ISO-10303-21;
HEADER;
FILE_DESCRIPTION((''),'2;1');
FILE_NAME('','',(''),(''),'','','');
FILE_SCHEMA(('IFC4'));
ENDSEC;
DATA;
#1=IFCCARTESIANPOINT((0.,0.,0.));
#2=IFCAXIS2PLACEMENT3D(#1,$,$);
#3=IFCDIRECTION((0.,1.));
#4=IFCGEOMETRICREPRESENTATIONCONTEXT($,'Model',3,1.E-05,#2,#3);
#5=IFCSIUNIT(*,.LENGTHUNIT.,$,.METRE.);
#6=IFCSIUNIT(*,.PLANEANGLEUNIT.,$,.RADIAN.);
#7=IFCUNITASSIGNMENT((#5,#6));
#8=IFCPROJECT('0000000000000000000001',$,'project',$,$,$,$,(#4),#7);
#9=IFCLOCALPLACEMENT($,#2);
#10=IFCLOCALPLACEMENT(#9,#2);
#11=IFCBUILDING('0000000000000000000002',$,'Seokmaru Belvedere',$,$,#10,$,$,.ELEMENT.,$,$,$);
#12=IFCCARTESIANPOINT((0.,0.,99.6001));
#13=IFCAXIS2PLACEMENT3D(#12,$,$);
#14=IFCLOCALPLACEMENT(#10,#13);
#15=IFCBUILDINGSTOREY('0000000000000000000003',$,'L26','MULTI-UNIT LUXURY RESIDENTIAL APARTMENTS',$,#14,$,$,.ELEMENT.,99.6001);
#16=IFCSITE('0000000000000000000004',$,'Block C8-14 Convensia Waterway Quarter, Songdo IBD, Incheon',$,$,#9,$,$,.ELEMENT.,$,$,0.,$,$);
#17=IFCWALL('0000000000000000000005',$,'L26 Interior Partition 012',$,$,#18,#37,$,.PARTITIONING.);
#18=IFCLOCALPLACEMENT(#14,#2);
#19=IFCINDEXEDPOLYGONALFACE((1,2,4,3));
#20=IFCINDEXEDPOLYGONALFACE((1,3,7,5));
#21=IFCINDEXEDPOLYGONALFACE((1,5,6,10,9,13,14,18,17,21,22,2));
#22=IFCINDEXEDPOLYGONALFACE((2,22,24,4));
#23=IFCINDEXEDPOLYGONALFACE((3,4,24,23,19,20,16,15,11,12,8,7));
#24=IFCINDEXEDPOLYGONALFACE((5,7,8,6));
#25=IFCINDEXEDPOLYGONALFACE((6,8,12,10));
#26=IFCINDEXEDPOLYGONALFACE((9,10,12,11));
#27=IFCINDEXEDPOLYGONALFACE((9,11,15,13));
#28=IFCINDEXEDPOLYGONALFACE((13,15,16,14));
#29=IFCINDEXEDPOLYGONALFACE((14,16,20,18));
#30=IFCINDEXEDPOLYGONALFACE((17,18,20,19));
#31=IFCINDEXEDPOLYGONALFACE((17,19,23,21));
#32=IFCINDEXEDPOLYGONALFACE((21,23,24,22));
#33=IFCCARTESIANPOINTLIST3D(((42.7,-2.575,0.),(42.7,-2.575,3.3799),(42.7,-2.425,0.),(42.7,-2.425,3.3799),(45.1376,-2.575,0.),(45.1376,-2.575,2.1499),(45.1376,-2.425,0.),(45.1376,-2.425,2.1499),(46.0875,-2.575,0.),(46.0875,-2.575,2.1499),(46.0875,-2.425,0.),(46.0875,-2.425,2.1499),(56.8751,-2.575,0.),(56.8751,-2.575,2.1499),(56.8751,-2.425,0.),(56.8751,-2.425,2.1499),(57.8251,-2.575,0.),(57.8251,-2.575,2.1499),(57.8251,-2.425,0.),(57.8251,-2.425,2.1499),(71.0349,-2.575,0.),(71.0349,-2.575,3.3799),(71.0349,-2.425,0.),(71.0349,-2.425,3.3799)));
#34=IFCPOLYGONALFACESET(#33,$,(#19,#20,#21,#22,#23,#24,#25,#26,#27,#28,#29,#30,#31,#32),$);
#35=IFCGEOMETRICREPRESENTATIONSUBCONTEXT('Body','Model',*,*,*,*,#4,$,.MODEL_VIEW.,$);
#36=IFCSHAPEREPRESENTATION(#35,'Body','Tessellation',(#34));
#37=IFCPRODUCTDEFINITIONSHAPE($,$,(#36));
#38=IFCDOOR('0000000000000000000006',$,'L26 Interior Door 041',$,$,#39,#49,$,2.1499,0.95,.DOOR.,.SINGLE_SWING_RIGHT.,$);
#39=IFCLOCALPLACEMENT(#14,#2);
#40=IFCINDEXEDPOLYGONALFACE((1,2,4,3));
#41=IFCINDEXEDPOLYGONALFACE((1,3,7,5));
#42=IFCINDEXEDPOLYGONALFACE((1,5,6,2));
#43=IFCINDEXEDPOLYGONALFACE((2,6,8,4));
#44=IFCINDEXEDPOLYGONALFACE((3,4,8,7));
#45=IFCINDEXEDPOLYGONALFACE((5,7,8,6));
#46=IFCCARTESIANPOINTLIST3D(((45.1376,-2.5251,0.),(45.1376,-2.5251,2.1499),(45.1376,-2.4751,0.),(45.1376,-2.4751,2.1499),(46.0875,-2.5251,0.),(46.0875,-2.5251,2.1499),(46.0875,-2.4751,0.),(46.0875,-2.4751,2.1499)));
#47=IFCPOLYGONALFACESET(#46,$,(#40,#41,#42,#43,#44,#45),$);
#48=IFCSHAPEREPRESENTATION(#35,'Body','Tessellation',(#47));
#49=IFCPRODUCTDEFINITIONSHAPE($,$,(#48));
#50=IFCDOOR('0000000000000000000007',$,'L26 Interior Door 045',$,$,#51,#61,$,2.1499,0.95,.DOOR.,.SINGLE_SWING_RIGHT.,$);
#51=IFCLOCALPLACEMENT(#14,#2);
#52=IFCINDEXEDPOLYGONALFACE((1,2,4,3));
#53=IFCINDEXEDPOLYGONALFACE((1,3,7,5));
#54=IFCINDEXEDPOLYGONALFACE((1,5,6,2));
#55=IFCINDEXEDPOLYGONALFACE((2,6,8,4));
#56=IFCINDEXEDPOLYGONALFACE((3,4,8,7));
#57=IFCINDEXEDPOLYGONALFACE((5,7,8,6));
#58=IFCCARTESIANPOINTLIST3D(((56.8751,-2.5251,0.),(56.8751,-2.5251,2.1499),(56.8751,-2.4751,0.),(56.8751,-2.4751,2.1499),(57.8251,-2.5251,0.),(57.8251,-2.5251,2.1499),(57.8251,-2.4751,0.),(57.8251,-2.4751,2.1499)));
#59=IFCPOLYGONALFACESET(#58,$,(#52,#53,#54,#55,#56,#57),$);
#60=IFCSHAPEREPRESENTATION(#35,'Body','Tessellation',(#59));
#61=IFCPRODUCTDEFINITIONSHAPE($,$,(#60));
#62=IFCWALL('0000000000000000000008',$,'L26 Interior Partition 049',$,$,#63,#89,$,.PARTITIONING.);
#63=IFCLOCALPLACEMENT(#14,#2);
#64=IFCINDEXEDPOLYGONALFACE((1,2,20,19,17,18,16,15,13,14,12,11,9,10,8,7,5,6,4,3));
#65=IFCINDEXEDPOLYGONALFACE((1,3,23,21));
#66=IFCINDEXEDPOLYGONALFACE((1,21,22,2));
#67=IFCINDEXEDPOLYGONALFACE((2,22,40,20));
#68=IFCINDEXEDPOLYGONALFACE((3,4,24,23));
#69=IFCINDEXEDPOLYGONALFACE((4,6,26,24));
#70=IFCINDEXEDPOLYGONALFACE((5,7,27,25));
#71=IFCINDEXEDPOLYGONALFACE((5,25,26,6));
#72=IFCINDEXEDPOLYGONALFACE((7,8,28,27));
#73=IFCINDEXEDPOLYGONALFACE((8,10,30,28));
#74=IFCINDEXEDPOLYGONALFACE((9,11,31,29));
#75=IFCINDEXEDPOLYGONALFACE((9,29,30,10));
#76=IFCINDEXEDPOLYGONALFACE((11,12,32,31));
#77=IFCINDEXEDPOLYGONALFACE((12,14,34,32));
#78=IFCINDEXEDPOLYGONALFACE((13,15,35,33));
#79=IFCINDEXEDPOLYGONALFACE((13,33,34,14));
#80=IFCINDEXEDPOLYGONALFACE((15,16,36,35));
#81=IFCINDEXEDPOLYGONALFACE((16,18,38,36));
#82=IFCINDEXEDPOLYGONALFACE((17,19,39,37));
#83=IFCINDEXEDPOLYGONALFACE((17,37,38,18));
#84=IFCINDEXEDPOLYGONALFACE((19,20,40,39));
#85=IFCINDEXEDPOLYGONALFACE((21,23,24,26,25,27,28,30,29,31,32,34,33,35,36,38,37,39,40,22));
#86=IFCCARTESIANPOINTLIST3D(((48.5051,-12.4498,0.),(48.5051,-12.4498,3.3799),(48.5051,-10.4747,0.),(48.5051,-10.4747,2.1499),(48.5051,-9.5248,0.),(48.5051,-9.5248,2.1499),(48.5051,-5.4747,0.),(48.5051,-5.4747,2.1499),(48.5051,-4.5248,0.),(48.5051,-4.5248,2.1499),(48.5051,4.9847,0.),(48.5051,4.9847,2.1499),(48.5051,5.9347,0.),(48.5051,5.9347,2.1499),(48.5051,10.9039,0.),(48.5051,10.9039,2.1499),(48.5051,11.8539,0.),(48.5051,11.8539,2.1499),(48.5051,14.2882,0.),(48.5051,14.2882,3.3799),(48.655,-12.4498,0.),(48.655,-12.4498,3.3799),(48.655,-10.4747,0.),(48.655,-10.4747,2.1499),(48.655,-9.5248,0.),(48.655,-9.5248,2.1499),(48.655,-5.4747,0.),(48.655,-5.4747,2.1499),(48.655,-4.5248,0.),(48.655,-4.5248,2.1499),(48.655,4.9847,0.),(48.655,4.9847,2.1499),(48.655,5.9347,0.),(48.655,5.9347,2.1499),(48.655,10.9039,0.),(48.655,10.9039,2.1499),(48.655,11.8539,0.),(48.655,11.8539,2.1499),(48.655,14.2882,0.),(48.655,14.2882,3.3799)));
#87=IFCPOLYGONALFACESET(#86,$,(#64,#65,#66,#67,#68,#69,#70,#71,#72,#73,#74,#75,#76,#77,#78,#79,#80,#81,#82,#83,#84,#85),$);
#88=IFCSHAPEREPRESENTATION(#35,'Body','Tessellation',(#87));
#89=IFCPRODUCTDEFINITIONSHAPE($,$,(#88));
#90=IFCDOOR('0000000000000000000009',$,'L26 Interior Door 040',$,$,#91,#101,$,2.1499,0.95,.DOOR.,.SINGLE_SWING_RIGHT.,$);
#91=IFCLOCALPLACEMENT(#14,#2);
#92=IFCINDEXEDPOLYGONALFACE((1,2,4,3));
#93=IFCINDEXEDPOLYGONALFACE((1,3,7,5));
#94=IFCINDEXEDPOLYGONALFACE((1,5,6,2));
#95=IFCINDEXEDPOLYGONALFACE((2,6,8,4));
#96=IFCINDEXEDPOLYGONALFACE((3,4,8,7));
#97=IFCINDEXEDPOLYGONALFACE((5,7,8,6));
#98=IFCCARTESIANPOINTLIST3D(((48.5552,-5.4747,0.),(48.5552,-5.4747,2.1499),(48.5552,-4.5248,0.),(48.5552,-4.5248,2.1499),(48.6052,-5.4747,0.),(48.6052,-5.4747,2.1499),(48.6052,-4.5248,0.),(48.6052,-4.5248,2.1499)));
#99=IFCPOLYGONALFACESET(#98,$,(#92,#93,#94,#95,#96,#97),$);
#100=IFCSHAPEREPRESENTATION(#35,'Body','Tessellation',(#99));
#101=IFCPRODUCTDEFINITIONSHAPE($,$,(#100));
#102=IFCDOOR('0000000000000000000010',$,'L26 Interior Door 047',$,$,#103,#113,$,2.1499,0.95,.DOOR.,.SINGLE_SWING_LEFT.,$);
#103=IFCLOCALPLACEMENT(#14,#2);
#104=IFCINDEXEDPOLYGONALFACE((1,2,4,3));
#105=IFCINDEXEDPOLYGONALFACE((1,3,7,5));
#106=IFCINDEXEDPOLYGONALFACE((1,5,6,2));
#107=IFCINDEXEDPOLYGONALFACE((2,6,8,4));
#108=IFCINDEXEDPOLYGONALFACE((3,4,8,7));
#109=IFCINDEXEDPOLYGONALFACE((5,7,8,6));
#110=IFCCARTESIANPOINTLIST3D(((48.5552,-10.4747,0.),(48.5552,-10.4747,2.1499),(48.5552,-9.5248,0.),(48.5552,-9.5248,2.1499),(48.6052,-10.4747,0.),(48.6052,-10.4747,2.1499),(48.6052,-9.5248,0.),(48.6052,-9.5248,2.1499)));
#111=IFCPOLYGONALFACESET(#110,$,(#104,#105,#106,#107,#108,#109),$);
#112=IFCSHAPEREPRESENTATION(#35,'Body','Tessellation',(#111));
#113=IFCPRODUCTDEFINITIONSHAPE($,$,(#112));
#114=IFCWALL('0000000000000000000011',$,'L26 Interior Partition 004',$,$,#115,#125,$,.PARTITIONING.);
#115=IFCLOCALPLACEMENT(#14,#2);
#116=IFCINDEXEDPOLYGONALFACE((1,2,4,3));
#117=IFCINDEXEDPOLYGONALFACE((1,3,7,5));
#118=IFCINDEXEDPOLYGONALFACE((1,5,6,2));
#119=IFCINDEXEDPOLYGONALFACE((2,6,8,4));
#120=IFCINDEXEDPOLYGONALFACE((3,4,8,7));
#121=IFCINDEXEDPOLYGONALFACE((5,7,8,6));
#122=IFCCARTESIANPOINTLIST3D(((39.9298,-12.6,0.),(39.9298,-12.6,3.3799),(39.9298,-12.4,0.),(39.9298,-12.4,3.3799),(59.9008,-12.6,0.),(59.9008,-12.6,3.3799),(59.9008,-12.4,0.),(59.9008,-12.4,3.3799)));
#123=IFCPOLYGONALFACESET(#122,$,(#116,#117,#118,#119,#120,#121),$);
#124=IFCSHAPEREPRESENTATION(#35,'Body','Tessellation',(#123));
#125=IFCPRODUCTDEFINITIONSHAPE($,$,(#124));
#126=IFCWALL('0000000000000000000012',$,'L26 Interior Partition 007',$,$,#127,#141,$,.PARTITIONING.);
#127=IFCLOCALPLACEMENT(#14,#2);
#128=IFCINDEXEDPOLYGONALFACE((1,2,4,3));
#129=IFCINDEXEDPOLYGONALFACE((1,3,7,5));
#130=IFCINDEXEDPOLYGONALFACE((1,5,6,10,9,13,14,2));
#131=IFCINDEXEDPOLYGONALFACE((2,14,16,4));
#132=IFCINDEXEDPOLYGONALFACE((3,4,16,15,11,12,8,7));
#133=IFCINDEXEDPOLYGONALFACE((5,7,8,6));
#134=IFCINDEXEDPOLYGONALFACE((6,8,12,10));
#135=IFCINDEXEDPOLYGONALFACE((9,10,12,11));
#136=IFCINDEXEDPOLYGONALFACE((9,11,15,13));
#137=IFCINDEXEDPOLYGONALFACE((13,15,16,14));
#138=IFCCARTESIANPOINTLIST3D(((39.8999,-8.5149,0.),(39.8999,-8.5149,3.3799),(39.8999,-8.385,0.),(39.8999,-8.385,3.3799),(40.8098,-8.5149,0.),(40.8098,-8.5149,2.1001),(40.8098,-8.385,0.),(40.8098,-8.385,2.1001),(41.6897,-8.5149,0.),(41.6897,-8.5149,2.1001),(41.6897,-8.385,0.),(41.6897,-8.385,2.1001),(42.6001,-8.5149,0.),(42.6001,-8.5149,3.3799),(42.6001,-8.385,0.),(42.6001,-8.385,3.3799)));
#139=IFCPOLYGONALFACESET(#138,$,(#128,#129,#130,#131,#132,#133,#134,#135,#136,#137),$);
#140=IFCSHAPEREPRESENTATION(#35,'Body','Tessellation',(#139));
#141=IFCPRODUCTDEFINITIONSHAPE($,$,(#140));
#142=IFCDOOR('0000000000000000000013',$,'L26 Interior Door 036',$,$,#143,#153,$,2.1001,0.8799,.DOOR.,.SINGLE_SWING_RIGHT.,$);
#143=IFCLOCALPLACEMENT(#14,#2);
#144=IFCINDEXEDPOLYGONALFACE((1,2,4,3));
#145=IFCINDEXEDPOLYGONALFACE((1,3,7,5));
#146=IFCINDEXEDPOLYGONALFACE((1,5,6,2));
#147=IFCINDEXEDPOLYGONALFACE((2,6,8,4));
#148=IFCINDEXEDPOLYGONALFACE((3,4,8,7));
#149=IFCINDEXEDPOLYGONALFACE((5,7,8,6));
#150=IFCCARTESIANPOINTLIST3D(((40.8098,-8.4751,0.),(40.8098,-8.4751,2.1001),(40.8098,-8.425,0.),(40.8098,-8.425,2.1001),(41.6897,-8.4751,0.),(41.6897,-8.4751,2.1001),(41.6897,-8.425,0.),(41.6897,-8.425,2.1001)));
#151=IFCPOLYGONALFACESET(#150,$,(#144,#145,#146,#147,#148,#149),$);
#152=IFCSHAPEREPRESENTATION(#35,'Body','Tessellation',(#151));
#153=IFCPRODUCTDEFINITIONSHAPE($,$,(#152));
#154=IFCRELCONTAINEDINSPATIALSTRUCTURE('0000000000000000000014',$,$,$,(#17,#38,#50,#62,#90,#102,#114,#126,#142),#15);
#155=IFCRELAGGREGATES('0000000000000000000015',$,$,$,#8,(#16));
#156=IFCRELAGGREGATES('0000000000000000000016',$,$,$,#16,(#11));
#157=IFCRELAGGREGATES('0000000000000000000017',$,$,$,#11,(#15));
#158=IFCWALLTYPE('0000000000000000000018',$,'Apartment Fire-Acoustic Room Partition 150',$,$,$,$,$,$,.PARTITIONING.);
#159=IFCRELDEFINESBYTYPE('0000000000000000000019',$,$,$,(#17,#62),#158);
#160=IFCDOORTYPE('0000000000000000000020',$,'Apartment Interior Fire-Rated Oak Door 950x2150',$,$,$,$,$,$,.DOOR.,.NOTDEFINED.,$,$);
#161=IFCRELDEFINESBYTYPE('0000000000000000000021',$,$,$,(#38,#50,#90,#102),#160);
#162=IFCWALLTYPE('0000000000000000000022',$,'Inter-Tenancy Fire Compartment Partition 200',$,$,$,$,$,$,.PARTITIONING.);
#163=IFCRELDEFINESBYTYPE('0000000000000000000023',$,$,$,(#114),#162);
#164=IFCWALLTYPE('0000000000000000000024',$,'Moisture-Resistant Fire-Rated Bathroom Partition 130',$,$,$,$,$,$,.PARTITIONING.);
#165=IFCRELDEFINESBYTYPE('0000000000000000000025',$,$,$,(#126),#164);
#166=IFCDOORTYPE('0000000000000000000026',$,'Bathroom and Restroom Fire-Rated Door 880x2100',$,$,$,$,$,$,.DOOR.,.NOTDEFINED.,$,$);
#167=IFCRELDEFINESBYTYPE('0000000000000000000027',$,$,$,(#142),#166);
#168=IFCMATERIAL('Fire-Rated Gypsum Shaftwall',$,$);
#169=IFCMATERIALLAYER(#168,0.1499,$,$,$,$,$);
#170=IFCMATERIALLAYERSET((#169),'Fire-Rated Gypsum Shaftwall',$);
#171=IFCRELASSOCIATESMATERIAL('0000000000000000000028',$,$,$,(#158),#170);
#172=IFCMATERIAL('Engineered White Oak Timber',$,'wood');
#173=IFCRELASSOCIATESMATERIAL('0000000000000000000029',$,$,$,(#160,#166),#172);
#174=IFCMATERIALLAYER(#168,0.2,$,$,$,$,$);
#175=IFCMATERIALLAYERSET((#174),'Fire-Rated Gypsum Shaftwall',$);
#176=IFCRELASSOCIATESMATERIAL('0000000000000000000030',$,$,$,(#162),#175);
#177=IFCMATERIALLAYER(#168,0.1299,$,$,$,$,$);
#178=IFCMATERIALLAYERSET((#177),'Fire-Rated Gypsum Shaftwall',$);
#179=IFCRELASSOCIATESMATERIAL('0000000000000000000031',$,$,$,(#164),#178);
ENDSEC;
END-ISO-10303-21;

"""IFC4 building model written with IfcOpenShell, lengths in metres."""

from ifc_helpers import new_model, si_unit, direction, frame, frame_2d, origin, place, context, subcontext, project, spatial, rectangle, extrude, source, transform, mapped, material, layer, layer_set, type_object, type_shapes, element, fill, save


model = new_model("IFC4")

# Units and contexts
model_context = context("Model", 3, precision=1e-05, world=origin(), true_north=direction((0.0, 1.0)))
body_context = subcontext(model_context, "Body", "Model", "MODEL_VIEW")
ifc_project = project(units=[si_unit("LENGTHUNIT", "METRE"), si_unit("PLANEANGLEUNIT", "RADIAN")], contexts=[model_context])

# Site, building, storey
site_placement = place(None, origin())
site = spatial("IfcSite", under=ifc_project, at=site_placement, Name="Block C8-14 Convensia Waterway Quarter, Songdo IBD, Incheon", CompositionType="ELEMENT", RefElevation=0.0)
building_placement = place(site_placement, origin())
building = spatial("IfcBuilding", under=site, at=building_placement, Name="Seokmaru Belvedere", CompositionType="ELEMENT")
storey_placement = place(building_placement, frame((0.0, 0.0, 99.6001)))
storey = spatial("IfcBuildingStorey", under=building, at=storey_placement, Name="L26", Description="MULTI-UNIT LUXURY RESIDENTIAL APARTMENTS", CompositionType="ELEMENT", Elevation=99.6001)

# Walls, openings, doors
ifc_material_1 = material(Name="Fire-Rated Gypsum Shaftwall")
ifc_layer_1 = layer(ifc_material_1, 0.1499)
ifc_layer_set_1 = layer_set([ifc_layer_1], Name="Fire-Rated Gypsum Shaftwall")
wall_type_1 = type_object("IfcWallType", Name="Apartment Fire-Acoustic Room Partition 150", PredefinedType="PARTITIONING", material=ifc_layer_set_1)
ifc_material_2 = material(Name="Engineered White Oak Timber", Category="wood")
door_type_1 = type_object("IfcDoorType", Name="Apartment Interior Fire-Rated Oak Door 950x2150", OperationType="NOTDEFINED", PredefinedType="DOOR", material=ifc_material_2)
shared_shape_1 = source(origin(), body_context, "Body", "SweptSolid", [
    extrude(rectangle(XDim=0.95, YDim=2.1499, at=frame_2d((0.4751, 1.075))), frame((0.0, 0.0249, 0.0), z_axis=(0.0, -1.0, 0.0), x_axis=(1.0, 0.0, 0.0)), (0.0, 0.0, 1.0), 0.05),
])
type_shapes(door_type_1, [shared_shape_1])
wall_1_placement = place(storey_placement, frame((42.7, -2.5, 0.0), z_axis=(0.0, 0.0, 1.0), x_axis=(1.0, 0.0, 0.0)))
wall_1 = element("IfcWall", 1, at=wall_1_placement, inside=storey, type_object=wall_type_1, Name="L26 Interior Partition 012", PredefinedType="PARTITIONING", context=body_context, shape_type="SweptSolid", body=[
    extrude(rectangle(XDim=28.335, YDim=0.1499, at=frame_2d((14.1675, 0.0))), origin(), (0.0, 0.0, 1.0), 3.3799),
])
opening_1_placement = place(wall_1_placement, frame((2.4375, 0.0, 0.0)))
opening_1 = element("IfcOpeningElement", 2, at=opening_1_placement, cuts=wall_1, PredefinedType="OPENING", context=body_context, shape_type="SweptSolid", body=[
    extrude(rectangle(XDim=0.95, YDim=2.1499, at=frame_2d((0.4751, 1.075))), frame((0.0, 0.085, 0.0), z_axis=(0.0, -1.0, 0.0), x_axis=(1.0, 0.0, 0.0)), (0.0, 0.0, 1.0), 0.1699),
])
opening_2_placement = place(wall_1_placement, frame((14.175, 0.0, 0.0)))
opening_2 = element("IfcOpeningElement", 3, at=opening_2_placement, cuts=wall_1, PredefinedType="OPENING", context=body_context, shape_type="SweptSolid", body=[
    extrude(rectangle(XDim=0.95, YDim=2.1499, at=frame_2d((0.4751, 1.075))), frame((0.0, 0.085, 0.0), z_axis=(0.0, -1.0, 0.0), x_axis=(1.0, 0.0, 0.0)), (0.0, 0.0, 1.0), 0.1699),
])
door_1_placement = place(opening_1_placement, origin())
door_1 = element("IfcDoor", 4, at=door_1_placement, inside=storey, type_object=door_type_1, Name="L26 Interior Door 041", OperationType="SINGLE_SWING_RIGHT", OverallHeight=2.1499, OverallWidth=0.95, PredefinedType="DOOR", context=body_context, shape_type="MappedRepresentation", body=[
    mapped(shared_shape_1, transform((0.0, 0.0, 0.0), scale=1.0)),
])
fill(opening_1, door_1)
door_2_placement = place(opening_2_placement, origin())
door_2 = element("IfcDoor", 5, at=door_2_placement, inside=storey, type_object=door_type_1, Name="L26 Interior Door 045", OperationType="SINGLE_SWING_RIGHT", OverallHeight=2.1499, OverallWidth=0.95, PredefinedType="DOOR", context=body_context, shape_type="MappedRepresentation", body=[
    mapped(shared_shape_1, transform((0.0, 0.0, 0.0), scale=1.0)),
])
fill(opening_2, door_2)
wall_2_placement = place(storey_placement, frame((48.5801, -12.45, 0.0), z_axis=(0.0, 0.0, 1.0), x_axis=(0.0, 1.0, 0.0)))
wall_2 = element("IfcWall", 6, at=wall_2_placement, inside=storey, type_object=wall_type_1, Name="L26 Interior Partition 049", PredefinedType="PARTITIONING", context=body_context, shape_type="SweptSolid", body=[
    extrude(rectangle(XDim=26.738, YDim=0.1499, at=frame_2d((13.3691, 0.0))), origin(), (0.0, 0.0, 1.0), 3.3799),
])
opening_3_placement = place(wall_2_placement, frame((6.9751, 0.0, 0.0)))
opening_3 = element("IfcOpeningElement", 7, at=opening_3_placement, cuts=wall_2, PredefinedType="OPENING", context=body_context, shape_type="SweptSolid", body=[
    extrude(rectangle(XDim=0.95, YDim=2.1499, at=frame_2d((0.4751, 1.075))), frame((0.0, 0.085, 0.0), z_axis=(0.0, -1.0, 0.0), x_axis=(1.0, 0.0, 0.0)), (0.0, 0.0, 1.0), 0.1699),
])
opening_4_placement = place(wall_2_placement, frame((1.9751, 0.0, 0.0)))
opening_4 = element("IfcOpeningElement", 8, at=opening_4_placement, cuts=wall_2, PredefinedType="OPENING", context=body_context, shape_type="SweptSolid", body=[
    extrude(rectangle(XDim=0.95, YDim=2.1499, at=frame_2d((0.4751, 1.075))), frame((0.0, 0.085, 0.0), z_axis=(0.0, -1.0, 0.0), x_axis=(1.0, 0.0, 0.0)), (0.0, 0.0, 1.0), 0.1699),
])
opening_5_placement = place(wall_2_placement, frame((23.3538, 0.0, 0.0)))
element("IfcOpeningElement", 9, at=opening_5_placement, cuts=wall_2, PredefinedType="OPENING", context=body_context, shape_type="SweptSolid", body=[
    extrude(rectangle(XDim=0.95, YDim=2.1499, at=frame_2d((0.4751, 1.075))), frame((0.0, 0.085, 0.0), z_axis=(0.0, -1.0, 0.0), x_axis=(1.0, 0.0, 0.0)), (0.0, 0.0, 1.0), 0.1699),
])
opening_6_placement = place(wall_2_placement, frame((17.4346, 0.0, 0.0)))
element("IfcOpeningElement", 10, at=opening_6_placement, cuts=wall_2, PredefinedType="OPENING", context=body_context, shape_type="SweptSolid", body=[
    extrude(rectangle(XDim=0.95, YDim=2.1499, at=frame_2d((0.4751, 1.075))), frame((0.0, 0.085, 0.0), z_axis=(0.0, -1.0, 0.0), x_axis=(1.0, 0.0, 0.0)), (0.0, 0.0, 1.0), 0.1699),
])
door_3_placement = place(opening_3_placement, origin())
door_3 = element("IfcDoor", 11, at=door_3_placement, inside=storey, type_object=door_type_1, Name="L26 Interior Door 040", OperationType="SINGLE_SWING_RIGHT", OverallHeight=2.1499, OverallWidth=0.95, PredefinedType="DOOR", context=body_context, shape_type="MappedRepresentation", body=[
    mapped(shared_shape_1, transform((0.0, 0.0, 0.0), scale=1.0)),
])
fill(opening_3, door_3)
door_4_placement = place(opening_4_placement, origin())
door_4 = element("IfcDoor", 12, at=door_4_placement, inside=storey, type_object=door_type_1, Name="L26 Interior Door 047", OperationType="SINGLE_SWING_LEFT", OverallHeight=2.1499, OverallWidth=0.95, PredefinedType="DOOR", context=body_context, shape_type="MappedRepresentation", body=[
    mapped(shared_shape_1, transform((0.0, 0.0, 0.0), scale=1.0)),
])
fill(opening_4, door_4)

# Wall
ifc_layer_2 = layer(ifc_material_1, 0.2)
ifc_layer_set_2 = layer_set([ifc_layer_2], Name="Fire-Rated Gypsum Shaftwall")
wall_type_2 = type_object("IfcWallType", Name="Inter-Tenancy Fire Compartment Partition 200", PredefinedType="PARTITIONING", material=ifc_layer_set_2)
wall_3_placement = place(storey_placement, frame((39.9299, -12.5, 0.0), z_axis=(0.0, 0.0, 1.0), x_axis=(1.0, 0.0, 0.0)))
element("IfcWall", 13, at=wall_3_placement, inside=storey, type_object=wall_type_2, Name="L26 Interior Partition 004", PredefinedType="PARTITIONING", context=body_context, shape_type="SweptSolid", body=[
    extrude(rectangle(XDim=19.9709, YDim=0.2, at=frame_2d((9.9854, 0.0))), origin(), (0.0, 0.0, 1.0), 3.3799),
])

# Wall, opening, door
ifc_layer_3 = layer(ifc_material_1, 0.1299)
ifc_layer_set_3 = layer_set([ifc_layer_3], Name="Fire-Rated Gypsum Shaftwall")
wall_type_3 = type_object("IfcWallType", Name="Moisture-Resistant Fire-Rated Bathroom Partition 130", PredefinedType="PARTITIONING", material=ifc_layer_set_3)
wall_4_placement = place(storey_placement, frame((39.8999, -8.45, 0.0), z_axis=(0.0, 0.0, 1.0), x_axis=(1.0, 0.0, 0.0)))
wall_4 = element("IfcWall", 14, at=wall_4_placement, inside=storey, type_object=wall_type_3, Name="L26 Interior Partition 007", PredefinedType="PARTITIONING", context=body_context, shape_type="SweptSolid", body=[
    extrude(rectangle(XDim=2.7002, YDim=0.1299, at=frame_2d((1.3501, 0.0))), origin(), (0.0, 0.0, 1.0), 3.3799),
])
opening_7_placement = place(wall_4_placement, frame((0.9099, 0.0, 0.0)))
opening_7 = element("IfcOpeningElement", 15, at=opening_7_placement, cuts=wall_4, PredefinedType="OPENING", context=body_context, shape_type="SweptSolid", body=[
    extrude(rectangle(XDim=0.8799, YDim=2.1001, at=frame_2d((0.4399, 1.05))), frame((0.0, 0.075, 0.0), z_axis=(0.0, -1.0, 0.0), x_axis=(1.0, 0.0, 0.0)), (0.0, 0.0, 1.0), 0.1499),
])
door_type_2 = type_object("IfcDoorType", Name="Bathroom and Restroom Fire-Rated Door 880x2100", OperationType="NOTDEFINED", PredefinedType="DOOR", material=ifc_material_2)
shared_shape_2 = source(origin(), body_context, "Body", "SweptSolid", [
    extrude(rectangle(XDim=0.8799, YDim=2.1001, at=frame_2d((0.4399, 1.05))), frame((0.0, 0.0249, 0.0), z_axis=(0.0, -1.0, 0.0), x_axis=(1.0, 0.0, 0.0)), (0.0, 0.0, 1.0), 0.05),
])
type_shapes(door_type_2, [shared_shape_2])
door_5_placement = place(opening_7_placement, origin())
door_5 = element("IfcDoor", 16, at=door_5_placement, inside=storey, type_object=door_type_2, Name="L26 Interior Door 036", OperationType="SINGLE_SWING_RIGHT", OverallHeight=2.1001, OverallWidth=0.8799, PredefinedType="DOOR", context=body_context, shape_type="MappedRepresentation", body=[
    mapped(shared_shape_2, transform((0.0, 0.0, 0.0), scale=1.0)),
])
fill(opening_7, door_5)

save(model, "model.ifc")
